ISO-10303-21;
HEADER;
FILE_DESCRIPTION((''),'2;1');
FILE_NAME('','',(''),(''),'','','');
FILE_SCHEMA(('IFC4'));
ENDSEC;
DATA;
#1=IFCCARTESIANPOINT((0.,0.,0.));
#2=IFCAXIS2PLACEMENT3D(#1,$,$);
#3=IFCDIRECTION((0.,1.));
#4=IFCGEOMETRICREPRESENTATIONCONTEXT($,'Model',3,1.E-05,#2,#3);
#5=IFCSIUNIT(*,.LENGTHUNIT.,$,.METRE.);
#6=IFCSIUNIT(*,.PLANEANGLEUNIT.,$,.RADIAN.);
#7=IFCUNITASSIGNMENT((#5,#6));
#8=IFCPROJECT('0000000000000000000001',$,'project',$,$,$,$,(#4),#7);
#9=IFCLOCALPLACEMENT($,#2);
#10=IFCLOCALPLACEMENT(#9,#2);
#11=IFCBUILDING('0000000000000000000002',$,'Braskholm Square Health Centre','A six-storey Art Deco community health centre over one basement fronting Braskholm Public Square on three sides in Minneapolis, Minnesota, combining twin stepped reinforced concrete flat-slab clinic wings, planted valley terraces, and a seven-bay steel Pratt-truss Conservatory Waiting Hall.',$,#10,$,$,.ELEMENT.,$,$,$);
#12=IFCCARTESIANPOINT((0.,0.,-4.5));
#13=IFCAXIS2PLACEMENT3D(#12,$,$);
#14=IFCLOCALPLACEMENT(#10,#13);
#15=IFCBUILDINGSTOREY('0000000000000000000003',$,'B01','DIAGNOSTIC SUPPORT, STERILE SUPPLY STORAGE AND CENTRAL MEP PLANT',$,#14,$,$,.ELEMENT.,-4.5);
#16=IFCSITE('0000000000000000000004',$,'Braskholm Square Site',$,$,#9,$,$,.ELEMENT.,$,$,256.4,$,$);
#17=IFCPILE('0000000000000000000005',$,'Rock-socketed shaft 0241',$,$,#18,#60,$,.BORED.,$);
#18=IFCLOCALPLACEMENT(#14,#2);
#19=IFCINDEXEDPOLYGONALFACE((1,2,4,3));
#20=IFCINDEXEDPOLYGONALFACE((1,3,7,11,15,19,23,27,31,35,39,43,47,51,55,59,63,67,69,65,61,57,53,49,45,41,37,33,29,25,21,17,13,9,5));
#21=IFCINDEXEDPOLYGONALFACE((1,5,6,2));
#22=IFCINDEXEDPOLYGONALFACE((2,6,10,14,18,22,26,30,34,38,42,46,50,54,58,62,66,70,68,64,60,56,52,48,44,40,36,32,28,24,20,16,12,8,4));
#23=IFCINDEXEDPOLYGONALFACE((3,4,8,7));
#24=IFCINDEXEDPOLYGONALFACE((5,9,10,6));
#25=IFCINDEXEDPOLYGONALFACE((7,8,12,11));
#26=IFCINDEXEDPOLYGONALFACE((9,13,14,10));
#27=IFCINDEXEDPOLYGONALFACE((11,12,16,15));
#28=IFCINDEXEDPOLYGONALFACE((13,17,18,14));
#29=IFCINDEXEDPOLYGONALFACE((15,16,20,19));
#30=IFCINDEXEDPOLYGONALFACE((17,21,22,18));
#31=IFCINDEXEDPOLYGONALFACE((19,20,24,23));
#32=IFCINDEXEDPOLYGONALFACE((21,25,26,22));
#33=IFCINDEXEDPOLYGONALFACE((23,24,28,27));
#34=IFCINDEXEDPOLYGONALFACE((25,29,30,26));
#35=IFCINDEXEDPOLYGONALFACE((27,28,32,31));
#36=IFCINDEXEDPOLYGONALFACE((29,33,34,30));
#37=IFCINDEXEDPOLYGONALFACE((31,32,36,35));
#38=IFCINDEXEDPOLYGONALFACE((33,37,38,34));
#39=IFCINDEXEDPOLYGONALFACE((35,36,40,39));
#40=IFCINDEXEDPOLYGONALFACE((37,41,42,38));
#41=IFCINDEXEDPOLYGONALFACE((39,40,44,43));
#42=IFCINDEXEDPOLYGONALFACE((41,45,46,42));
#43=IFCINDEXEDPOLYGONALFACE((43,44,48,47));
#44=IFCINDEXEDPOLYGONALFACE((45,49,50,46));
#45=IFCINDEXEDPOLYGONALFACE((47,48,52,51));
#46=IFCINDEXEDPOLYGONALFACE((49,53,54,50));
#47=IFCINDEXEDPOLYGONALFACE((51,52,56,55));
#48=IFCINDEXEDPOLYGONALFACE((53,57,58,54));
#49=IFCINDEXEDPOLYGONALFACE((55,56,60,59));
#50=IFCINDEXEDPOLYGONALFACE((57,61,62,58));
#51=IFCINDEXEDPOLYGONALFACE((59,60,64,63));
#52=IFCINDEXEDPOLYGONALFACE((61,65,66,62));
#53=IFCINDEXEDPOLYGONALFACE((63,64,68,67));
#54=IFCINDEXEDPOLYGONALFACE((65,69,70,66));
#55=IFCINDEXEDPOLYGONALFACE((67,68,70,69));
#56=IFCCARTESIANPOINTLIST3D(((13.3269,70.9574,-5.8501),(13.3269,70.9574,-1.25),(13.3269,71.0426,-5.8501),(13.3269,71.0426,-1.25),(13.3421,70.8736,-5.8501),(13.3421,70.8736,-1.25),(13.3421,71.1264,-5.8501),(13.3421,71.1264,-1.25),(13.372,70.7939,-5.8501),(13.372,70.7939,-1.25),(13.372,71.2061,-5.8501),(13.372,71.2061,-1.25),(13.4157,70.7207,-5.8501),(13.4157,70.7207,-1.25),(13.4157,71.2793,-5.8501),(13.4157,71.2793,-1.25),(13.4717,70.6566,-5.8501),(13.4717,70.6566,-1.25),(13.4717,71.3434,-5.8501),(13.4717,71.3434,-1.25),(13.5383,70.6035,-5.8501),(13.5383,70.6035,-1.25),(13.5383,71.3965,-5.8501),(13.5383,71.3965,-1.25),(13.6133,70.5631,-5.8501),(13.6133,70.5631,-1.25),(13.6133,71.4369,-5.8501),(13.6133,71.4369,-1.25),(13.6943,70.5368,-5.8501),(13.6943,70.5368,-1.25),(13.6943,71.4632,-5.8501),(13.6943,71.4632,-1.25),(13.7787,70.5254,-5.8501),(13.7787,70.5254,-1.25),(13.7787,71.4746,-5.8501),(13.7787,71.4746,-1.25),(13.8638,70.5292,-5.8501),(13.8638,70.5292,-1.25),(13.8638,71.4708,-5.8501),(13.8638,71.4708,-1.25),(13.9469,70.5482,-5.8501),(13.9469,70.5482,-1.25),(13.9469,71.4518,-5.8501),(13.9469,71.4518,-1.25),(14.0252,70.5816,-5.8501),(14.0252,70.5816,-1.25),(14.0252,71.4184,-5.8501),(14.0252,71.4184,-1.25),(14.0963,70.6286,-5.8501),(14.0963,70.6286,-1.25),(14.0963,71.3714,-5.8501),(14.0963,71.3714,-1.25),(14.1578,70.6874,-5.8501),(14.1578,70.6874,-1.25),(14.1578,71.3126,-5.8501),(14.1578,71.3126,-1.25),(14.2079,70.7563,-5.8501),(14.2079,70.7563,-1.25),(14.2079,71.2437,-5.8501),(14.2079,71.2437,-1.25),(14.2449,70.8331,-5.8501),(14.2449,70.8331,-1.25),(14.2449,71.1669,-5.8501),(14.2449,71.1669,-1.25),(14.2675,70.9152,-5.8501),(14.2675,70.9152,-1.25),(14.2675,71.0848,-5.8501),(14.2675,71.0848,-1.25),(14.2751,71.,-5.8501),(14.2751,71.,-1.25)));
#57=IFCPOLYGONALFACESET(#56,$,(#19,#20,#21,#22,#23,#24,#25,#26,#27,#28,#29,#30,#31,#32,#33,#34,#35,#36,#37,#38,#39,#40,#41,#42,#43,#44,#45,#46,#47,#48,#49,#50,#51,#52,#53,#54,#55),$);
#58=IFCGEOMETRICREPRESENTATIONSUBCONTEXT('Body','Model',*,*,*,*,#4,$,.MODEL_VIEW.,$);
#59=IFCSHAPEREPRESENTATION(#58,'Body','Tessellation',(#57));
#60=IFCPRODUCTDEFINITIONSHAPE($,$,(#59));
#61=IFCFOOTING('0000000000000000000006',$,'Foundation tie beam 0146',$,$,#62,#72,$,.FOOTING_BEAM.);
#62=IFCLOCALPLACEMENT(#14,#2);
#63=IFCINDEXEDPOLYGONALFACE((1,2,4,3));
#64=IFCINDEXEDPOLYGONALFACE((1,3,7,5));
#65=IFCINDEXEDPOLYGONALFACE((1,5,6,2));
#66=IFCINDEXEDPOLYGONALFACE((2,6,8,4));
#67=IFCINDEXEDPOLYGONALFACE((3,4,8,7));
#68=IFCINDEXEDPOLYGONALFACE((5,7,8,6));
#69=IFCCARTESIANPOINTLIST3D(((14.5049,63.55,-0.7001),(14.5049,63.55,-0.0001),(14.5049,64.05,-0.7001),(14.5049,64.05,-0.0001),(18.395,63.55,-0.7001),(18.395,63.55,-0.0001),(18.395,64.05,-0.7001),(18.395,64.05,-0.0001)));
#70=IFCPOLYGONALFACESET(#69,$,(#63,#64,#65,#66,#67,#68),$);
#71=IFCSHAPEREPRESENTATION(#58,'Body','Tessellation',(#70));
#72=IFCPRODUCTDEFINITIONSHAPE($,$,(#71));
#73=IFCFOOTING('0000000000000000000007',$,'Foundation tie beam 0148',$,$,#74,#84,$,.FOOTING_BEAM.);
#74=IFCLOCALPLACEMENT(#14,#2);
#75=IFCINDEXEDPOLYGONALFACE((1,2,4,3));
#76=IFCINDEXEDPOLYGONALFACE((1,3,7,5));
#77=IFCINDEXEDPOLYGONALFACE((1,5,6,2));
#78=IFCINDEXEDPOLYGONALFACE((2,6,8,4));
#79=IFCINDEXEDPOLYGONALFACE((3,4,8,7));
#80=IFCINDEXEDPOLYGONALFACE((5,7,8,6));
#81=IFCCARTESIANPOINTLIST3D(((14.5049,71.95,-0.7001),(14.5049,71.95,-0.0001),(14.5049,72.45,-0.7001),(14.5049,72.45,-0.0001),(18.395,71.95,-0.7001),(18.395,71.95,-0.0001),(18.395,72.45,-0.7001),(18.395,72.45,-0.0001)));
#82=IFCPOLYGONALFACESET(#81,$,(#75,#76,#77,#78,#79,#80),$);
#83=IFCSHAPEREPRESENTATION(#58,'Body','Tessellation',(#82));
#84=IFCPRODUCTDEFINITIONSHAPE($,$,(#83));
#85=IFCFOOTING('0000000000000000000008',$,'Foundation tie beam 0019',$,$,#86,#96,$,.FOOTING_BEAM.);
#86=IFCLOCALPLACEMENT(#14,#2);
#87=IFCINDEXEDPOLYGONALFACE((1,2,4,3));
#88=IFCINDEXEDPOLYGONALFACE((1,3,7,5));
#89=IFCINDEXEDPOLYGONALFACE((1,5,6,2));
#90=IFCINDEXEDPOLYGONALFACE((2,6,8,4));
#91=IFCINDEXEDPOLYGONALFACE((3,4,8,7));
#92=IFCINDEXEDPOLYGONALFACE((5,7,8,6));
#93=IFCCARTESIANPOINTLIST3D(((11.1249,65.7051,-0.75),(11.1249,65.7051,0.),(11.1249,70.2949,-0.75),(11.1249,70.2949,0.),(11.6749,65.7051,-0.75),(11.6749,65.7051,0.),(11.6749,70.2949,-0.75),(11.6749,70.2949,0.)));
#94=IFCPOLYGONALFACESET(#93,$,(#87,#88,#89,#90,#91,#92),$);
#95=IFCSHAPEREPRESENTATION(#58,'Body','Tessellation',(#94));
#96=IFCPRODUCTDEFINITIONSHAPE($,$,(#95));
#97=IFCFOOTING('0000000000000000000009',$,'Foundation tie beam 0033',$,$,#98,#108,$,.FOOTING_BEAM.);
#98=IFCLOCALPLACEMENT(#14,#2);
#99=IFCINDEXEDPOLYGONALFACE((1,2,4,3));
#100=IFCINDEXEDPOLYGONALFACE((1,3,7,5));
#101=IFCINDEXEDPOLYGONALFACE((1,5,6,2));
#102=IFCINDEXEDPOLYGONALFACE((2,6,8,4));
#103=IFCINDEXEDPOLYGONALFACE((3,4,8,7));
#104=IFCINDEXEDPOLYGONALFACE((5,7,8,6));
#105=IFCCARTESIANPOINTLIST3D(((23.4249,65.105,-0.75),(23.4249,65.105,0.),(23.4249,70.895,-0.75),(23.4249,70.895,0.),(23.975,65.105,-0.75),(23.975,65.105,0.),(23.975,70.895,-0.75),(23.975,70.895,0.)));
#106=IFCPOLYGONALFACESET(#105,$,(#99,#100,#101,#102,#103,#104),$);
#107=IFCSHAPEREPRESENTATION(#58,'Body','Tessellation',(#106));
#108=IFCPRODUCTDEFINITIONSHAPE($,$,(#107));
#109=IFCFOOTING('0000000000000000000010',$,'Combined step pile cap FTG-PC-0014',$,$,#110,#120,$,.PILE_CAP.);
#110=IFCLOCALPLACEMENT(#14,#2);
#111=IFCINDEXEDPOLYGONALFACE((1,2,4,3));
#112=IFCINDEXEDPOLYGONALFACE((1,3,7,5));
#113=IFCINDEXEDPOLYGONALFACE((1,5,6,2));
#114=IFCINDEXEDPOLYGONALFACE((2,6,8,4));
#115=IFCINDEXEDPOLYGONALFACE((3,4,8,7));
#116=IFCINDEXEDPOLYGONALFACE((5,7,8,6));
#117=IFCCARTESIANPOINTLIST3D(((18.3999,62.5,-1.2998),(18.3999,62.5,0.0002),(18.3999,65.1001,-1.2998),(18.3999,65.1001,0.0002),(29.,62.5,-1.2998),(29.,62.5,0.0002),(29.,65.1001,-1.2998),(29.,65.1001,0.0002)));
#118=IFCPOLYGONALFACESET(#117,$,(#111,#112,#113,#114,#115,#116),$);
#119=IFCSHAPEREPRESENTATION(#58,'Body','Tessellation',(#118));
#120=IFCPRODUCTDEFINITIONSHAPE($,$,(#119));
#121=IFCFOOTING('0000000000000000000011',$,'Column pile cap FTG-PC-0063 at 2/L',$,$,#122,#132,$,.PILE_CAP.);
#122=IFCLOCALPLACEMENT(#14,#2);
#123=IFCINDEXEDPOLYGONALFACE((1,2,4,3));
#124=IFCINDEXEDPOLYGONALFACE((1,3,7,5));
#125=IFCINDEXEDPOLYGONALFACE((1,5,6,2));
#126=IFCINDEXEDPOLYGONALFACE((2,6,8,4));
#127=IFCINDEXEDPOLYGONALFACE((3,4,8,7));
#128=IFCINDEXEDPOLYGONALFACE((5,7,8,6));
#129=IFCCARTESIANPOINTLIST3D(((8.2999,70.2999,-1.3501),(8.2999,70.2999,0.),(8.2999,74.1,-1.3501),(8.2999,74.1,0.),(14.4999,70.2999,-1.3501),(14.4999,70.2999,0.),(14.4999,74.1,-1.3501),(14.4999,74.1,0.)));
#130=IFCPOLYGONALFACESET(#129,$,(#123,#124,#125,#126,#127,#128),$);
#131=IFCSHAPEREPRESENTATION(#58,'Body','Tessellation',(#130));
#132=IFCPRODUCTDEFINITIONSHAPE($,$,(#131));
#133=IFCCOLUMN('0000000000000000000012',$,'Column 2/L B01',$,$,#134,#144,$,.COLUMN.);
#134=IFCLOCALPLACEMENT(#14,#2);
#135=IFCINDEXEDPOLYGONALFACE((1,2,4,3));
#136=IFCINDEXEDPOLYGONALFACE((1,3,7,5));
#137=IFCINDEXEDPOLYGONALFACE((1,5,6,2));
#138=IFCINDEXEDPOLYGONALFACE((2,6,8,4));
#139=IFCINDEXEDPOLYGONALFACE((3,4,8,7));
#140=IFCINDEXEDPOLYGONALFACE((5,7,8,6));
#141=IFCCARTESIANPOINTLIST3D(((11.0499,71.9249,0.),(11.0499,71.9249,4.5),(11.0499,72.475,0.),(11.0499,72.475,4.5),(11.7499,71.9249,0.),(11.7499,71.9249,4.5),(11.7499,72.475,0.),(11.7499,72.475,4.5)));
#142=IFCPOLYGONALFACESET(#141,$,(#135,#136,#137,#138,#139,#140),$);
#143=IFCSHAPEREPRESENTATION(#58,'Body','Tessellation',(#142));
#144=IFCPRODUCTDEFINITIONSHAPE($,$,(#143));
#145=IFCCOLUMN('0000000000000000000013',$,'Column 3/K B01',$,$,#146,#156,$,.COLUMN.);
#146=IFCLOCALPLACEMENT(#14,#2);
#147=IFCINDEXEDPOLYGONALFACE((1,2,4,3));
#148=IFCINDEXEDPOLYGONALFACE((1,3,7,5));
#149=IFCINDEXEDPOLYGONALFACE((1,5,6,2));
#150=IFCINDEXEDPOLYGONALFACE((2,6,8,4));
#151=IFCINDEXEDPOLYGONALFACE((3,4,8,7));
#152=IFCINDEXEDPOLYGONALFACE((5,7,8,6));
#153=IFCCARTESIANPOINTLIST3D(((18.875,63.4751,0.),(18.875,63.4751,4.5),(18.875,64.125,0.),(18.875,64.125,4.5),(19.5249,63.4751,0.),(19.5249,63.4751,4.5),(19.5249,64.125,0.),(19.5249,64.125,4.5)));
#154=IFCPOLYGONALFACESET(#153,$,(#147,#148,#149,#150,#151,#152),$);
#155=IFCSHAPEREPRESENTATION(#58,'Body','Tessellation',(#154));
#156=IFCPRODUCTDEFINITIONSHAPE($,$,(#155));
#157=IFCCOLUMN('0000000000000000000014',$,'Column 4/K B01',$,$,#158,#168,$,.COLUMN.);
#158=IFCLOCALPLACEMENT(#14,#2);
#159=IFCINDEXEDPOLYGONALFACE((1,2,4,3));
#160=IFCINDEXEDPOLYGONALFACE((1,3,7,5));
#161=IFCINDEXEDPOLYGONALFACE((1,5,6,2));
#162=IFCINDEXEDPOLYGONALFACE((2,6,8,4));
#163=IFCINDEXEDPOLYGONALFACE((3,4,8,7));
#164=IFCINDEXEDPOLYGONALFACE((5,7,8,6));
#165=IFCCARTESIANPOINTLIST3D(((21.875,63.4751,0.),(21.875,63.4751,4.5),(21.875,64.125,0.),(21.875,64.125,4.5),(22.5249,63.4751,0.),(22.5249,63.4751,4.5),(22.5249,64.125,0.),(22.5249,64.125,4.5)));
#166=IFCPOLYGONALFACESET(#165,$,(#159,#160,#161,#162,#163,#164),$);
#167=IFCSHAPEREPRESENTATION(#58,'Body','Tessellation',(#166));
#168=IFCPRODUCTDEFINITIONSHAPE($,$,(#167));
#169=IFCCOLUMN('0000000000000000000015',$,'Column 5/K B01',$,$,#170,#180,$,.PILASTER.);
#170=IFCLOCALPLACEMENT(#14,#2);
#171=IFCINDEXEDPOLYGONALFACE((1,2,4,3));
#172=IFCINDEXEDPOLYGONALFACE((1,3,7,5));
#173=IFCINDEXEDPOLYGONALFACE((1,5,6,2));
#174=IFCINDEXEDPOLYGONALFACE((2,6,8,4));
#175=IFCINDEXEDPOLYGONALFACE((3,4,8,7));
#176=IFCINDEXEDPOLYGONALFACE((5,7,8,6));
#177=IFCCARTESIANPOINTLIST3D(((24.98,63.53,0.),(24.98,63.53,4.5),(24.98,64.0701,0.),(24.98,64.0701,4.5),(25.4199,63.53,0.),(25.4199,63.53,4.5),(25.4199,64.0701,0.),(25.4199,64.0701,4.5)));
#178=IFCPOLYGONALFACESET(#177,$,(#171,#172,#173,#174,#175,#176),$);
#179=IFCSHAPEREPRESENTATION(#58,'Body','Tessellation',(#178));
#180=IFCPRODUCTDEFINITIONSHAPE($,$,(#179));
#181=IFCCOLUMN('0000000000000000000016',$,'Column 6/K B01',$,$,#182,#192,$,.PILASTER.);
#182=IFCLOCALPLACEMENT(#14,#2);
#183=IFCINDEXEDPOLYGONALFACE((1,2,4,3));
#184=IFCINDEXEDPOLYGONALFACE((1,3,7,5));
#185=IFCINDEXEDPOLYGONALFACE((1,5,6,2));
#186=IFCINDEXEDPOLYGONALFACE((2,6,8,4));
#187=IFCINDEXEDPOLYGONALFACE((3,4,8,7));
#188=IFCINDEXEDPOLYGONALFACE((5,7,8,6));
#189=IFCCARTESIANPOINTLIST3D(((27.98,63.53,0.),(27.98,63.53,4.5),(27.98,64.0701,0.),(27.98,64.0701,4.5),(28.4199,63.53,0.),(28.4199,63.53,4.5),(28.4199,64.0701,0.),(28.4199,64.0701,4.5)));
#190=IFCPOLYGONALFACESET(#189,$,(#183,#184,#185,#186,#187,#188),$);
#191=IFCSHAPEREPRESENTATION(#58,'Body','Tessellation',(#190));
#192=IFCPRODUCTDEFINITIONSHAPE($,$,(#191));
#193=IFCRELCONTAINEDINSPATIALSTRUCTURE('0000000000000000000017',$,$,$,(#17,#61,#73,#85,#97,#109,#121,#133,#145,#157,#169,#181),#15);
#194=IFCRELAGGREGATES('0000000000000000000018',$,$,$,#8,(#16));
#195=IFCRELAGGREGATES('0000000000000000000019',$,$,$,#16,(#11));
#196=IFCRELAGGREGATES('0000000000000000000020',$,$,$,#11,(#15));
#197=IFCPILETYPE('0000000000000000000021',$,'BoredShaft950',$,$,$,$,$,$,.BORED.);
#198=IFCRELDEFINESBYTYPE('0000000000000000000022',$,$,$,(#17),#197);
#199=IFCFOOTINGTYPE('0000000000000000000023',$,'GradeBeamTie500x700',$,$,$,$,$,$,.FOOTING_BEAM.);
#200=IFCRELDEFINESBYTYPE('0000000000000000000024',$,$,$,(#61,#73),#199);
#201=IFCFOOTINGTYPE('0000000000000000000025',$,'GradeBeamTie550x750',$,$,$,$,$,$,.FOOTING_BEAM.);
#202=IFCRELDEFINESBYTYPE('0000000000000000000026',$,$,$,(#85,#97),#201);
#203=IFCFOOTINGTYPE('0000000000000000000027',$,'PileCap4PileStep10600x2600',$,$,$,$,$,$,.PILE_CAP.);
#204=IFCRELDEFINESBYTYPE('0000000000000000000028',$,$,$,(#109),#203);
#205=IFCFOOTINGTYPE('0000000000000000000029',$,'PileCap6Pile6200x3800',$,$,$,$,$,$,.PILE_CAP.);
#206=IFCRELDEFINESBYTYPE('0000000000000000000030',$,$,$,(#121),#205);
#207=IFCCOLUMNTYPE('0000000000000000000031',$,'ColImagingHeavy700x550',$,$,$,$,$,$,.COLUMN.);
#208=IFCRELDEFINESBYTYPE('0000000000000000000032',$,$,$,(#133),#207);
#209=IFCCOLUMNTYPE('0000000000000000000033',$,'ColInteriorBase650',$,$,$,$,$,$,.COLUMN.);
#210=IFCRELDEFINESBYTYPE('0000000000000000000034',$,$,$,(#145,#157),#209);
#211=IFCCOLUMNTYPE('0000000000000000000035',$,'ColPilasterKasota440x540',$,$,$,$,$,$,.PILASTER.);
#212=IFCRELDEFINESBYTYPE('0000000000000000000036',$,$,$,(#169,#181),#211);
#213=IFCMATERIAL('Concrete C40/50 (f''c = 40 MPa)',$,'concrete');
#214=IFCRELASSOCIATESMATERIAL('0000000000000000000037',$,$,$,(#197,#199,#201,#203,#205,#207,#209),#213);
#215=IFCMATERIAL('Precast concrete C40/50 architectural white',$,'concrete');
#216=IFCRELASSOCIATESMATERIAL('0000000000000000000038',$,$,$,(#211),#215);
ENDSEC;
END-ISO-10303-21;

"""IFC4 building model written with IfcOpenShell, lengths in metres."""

from ifc_helpers import new_model, si_unit, direction, frame, origin, origin_2d, place, context, subcontext, project, spatial, rectangle, circle, extrude, material, material_profile, profile_set, type_object, element, save


model = new_model("IFC4")

# Units and contexts
model_context = context("Model", 3, precision=1e-05, world=origin(), true_north=direction((0.0, 1.0)))
body_context = subcontext(model_context, "Body", "Model", "MODEL_VIEW")
ifc_project = project(units=[si_unit("LENGTHUNIT", "METRE"), si_unit("PLANEANGLEUNIT", "RADIAN")], contexts=[model_context])

# Site, building, storey
site_placement = place(None, origin())
site = spatial("IfcSite", under=ifc_project, at=site_placement, Name="Braskholm Square Site", CompositionType="ELEMENT", RefElevation=256.4)
building_placement = place(site_placement, origin())
building = spatial("IfcBuilding", under=site, at=building_placement, Name="Braskholm Square Health Centre", Description="A six-storey Art Deco community health centre over one basement fronting Braskholm Public Square on three sides in Minneapolis, Minnesota, combining twin stepped reinforced concrete flat-slab clinic wings, planted valley terraces, and a seven-bay steel Pratt-truss Conservatory Waiting Hall.", CompositionType="ELEMENT")
storey_placement = place(building_placement, frame((0.0, 0.0, -4.5)))
storey = spatial("IfcBuildingStorey", under=building, at=storey_placement, Name="B01", Description="DIAGNOSTIC SUPPORT, STERILE SUPPLY STORAGE AND CENTRAL MEP PLANT", CompositionType="ELEMENT", Elevation=-4.5)

# Pile
ifc_material_1 = material(Name="Concrete C40/50 (f'c = 40 MPa)", Category="concrete")
ifc_material_profile_1 = material_profile(ifc_material_1, circle(Radius=0.4751, at=origin_2d()), Name="BORED-PILE-950")
ifc_profile_set_1 = profile_set([ifc_material_profile_1], Name="Concrete C40/50 (f'c = 40 MPa)")
pile_type = type_object("IfcPileType", Name="BoredShaft950", PredefinedType="BORED", material=ifc_profile_set_1)
for number, where, z_axis, x_axis, name in (
    (1, (13.8, 71.0, -1.25), (0.0, 0.0, -1.0), (1.0, 0.0, 0.0), "Rock-socketed shaft 0241"),
):
    element("IfcPile", number, at=place(storey_placement, frame(where, z_axis=z_axis, x_axis=x_axis)), inside=storey, type_object=pile_type, Name=name, PredefinedType="BORED", context=body_context, shape_type="SweptSolid", body=[
        extrude(circle(Radius=0.4751, at=origin_2d()), origin(), (0.0, 0.0, 1.0), 4.6001),
    ])

# Footings
ifc_material_profile_2 = material_profile(ifc_material_1, rectangle(XDim=0.5, YDim=0.7, at=origin_2d()), Name="FTG-500X700")
ifc_profile_set_2 = profile_set([ifc_material_profile_2], Name="Concrete C40/50 (f'c = 40 MPa)")
footing_type_1 = type_object("IfcFootingType", Name="GradeBeamTie500x700", PredefinedType="FOOTING_BEAM", material=ifc_profile_set_2)
for number, where, z_axis, x_axis, name in (
    (2, (14.5049, 63.8, -0.3501), (1.0, 0.0, 0.0), (0.0, 1.0, 0.0), "Foundation tie beam 0146"),
    (3, (14.5049, 72.2, -0.3501), (1.0, 0.0, 0.0), (0.0, 1.0, 0.0), "Foundation tie beam 0148"),
):
    element("IfcFooting", number, at=place(storey_placement, frame(where, z_axis=z_axis, x_axis=x_axis)), inside=storey, type_object=footing_type_1, Name=name, PredefinedType="FOOTING_BEAM", context=body_context, shape_type="SweptSolid", body=[
        extrude(rectangle(XDim=0.5, YDim=0.7, at=origin_2d()), origin(), (0.0, 0.0, 1.0), 3.8901),
    ])
ifc_material_profile_3 = material_profile(ifc_material_1, rectangle(XDim=0.55, YDim=0.75, at=origin_2d()), Name="FTG-550X750")
ifc_profile_set_3 = profile_set([ifc_material_profile_3], Name="Concrete C40/50 (f'c = 40 MPa)")
footing_type_2 = type_object("IfcFootingType", Name="GradeBeamTie550x750", PredefinedType="FOOTING_BEAM", material=ifc_profile_set_3)
footing_1_placement = place(storey_placement, frame((11.3999, 65.7051, -0.375), z_axis=(0.0, 1.0, 0.0), x_axis=(-1.0, 0.0, 0.0)))
element("IfcFooting", 4, at=footing_1_placement, inside=storey, type_object=footing_type_2, Name="Foundation tie beam 0019", PredefinedType="FOOTING_BEAM", context=body_context, shape_type="SweptSolid", body=[
    extrude(rectangle(XDim=0.55, YDim=0.75, at=origin_2d()), origin(), (0.0, 0.0, 1.0), 4.5898),
])
footing_2_placement = place(storey_placement, frame((23.7, 65.105, -0.375), z_axis=(0.0, 1.0, 0.0), x_axis=(-1.0, 0.0, 0.0)))
element("IfcFooting", 5, at=footing_2_placement, inside=storey, type_object=footing_type_2, Name="Foundation tie beam 0033", PredefinedType="FOOTING_BEAM", context=body_context, shape_type="SweptSolid", body=[
    extrude(rectangle(XDim=0.55, YDim=0.75, at=origin_2d()), origin(), (0.0, 0.0, 1.0), 5.79),
])
footing_type_3 = type_object("IfcFootingType", Name="PileCap4PileStep10600x2600", PredefinedType="PILE_CAP", material=ifc_material_1)
footing_3_placement = place(storey_placement, frame((23.7, 63.8, -1.2998), z_axis=(0.0, 0.0, 1.0), x_axis=(1.0, 0.0, 0.0)))
element("IfcFooting", 6, at=footing_3_placement, inside=storey, type_object=footing_type_3, Name="Combined step pile cap FTG-PC-0014", PredefinedType="PILE_CAP", context=body_context, shape_type="SweptSolid", body=[
    extrude(rectangle(XDim=10.6001, YDim=2.6001, at=origin_2d()), origin(), (0.0, 0.0, 1.0), 1.3),
])
footing_type_4 = type_object("IfcFootingType", Name="PileCap6Pile6200x3800", PredefinedType="PILE_CAP", material=ifc_material_1)
footing_4_placement = place(storey_placement, frame((11.3999, 72.2, -1.3501), z_axis=(0.0, 0.0, 1.0), x_axis=(1.0, 0.0, 0.0)))
element("IfcFooting", 7, at=footing_4_placement, inside=storey, type_object=footing_type_4, Name="Column pile cap FTG-PC-0063 at 2/L", PredefinedType="PILE_CAP", context=body_context, shape_type="SweptSolid", body=[
    extrude(rectangle(XDim=6.2, YDim=3.8, at=origin_2d()), origin(), (0.0, 0.0, 1.0), 1.3501),
])

# Columns
ifc_material_profile_4 = material_profile(ifc_material_1, rectangle(XDim=0.7, YDim=0.55, at=origin_2d()), Name="RC-700X550")
ifc_profile_set_4 = profile_set([ifc_material_profile_4], Name="Concrete C40/50 (f'c = 40 MPa)")
column_type_1 = type_object("IfcColumnType", Name="ColImagingHeavy700x550", PredefinedType="COLUMN", material=ifc_profile_set_4)
column_placement = place(storey_placement, frame((11.3999, 72.2, 0.0), z_axis=(0.0, 0.0, 1.0), x_axis=(1.0, 0.0, 0.0)))
element("IfcColumn", 8, at=column_placement, inside=storey, type_object=column_type_1, Name="Column 2/L B01", PredefinedType="COLUMN", context=body_context, shape_type="SweptSolid", body=[
    extrude(rectangle(XDim=0.7, YDim=0.55, at=origin_2d()), origin(), (0.0, 0.0, 1.0), 4.5),
])
ifc_material_profile_5 = material_profile(ifc_material_1, rectangle(XDim=0.6499, YDim=0.6499, at=origin_2d()), Name="RC-650X650")
ifc_profile_set_5 = profile_set([ifc_material_profile_5], Name="Concrete C40/50 (f'c = 40 MPa)")
column_type_2 = type_object("IfcColumnType", Name="ColInteriorBase650", PredefinedType="COLUMN", material=ifc_profile_set_5)
for number, where, z_axis, x_axis, name in (
    (9, (19.2, 63.8, 0.0), (0.0, 0.0, 1.0), (1.0, 0.0, 0.0), "Column 3/K B01"),
    (10, (22.2, 63.8, 0.0), (0.0, 0.0, 1.0), (1.0, 0.0, 0.0), "Column 4/K B01"),
):
    element("IfcColumn", number, at=place(storey_placement, frame(where, z_axis=z_axis, x_axis=x_axis)), inside=storey, type_object=column_type_2, Name=name, PredefinedType="COLUMN", context=body_context, shape_type="SweptSolid", body=[
        extrude(rectangle(XDim=0.6499, YDim=0.6499, at=origin_2d()), origin(), (0.0, 0.0, 1.0), 4.5),
    ])
ifc_material_2 = material(Name="Precast concrete C40/50 architectural white", Category="concrete")
ifc_material_profile_6 = material_profile(ifc_material_2, rectangle(XDim=0.4399, YDim=0.54, at=origin_2d()), Name="RC-440X540")
ifc_profile_set_6 = profile_set([ifc_material_profile_6], Name="Precast concrete C40/50 architectural white")
column_type_3 = type_object("IfcColumnType", Name="ColPilasterKasota440x540", PredefinedType="PILASTER", material=ifc_profile_set_6)
for number, where, z_axis, x_axis, name in (
    (11, (25.2, 63.8, 0.0), (0.0, 0.0, 1.0), (1.0, 0.0, 0.0), "Column 5/K B01"),
    (12, (28.2, 63.8, 0.0), (0.0, 0.0, 1.0), (1.0, 0.0, 0.0), "Column 6/K B01"),
):
    element("IfcColumn", number, at=place(storey_placement, frame(where, z_axis=z_axis, x_axis=x_axis)), inside=storey, type_object=column_type_3, Name=name, PredefinedType="PILASTER", context=body_context, shape_type="SweptSolid", body=[
        extrude(rectangle(XDim=0.4399, YDim=0.54, at=origin_2d()), origin(), (0.0, 0.0, 1.0), 4.5),
    ])

save(model, "model.ifc")
